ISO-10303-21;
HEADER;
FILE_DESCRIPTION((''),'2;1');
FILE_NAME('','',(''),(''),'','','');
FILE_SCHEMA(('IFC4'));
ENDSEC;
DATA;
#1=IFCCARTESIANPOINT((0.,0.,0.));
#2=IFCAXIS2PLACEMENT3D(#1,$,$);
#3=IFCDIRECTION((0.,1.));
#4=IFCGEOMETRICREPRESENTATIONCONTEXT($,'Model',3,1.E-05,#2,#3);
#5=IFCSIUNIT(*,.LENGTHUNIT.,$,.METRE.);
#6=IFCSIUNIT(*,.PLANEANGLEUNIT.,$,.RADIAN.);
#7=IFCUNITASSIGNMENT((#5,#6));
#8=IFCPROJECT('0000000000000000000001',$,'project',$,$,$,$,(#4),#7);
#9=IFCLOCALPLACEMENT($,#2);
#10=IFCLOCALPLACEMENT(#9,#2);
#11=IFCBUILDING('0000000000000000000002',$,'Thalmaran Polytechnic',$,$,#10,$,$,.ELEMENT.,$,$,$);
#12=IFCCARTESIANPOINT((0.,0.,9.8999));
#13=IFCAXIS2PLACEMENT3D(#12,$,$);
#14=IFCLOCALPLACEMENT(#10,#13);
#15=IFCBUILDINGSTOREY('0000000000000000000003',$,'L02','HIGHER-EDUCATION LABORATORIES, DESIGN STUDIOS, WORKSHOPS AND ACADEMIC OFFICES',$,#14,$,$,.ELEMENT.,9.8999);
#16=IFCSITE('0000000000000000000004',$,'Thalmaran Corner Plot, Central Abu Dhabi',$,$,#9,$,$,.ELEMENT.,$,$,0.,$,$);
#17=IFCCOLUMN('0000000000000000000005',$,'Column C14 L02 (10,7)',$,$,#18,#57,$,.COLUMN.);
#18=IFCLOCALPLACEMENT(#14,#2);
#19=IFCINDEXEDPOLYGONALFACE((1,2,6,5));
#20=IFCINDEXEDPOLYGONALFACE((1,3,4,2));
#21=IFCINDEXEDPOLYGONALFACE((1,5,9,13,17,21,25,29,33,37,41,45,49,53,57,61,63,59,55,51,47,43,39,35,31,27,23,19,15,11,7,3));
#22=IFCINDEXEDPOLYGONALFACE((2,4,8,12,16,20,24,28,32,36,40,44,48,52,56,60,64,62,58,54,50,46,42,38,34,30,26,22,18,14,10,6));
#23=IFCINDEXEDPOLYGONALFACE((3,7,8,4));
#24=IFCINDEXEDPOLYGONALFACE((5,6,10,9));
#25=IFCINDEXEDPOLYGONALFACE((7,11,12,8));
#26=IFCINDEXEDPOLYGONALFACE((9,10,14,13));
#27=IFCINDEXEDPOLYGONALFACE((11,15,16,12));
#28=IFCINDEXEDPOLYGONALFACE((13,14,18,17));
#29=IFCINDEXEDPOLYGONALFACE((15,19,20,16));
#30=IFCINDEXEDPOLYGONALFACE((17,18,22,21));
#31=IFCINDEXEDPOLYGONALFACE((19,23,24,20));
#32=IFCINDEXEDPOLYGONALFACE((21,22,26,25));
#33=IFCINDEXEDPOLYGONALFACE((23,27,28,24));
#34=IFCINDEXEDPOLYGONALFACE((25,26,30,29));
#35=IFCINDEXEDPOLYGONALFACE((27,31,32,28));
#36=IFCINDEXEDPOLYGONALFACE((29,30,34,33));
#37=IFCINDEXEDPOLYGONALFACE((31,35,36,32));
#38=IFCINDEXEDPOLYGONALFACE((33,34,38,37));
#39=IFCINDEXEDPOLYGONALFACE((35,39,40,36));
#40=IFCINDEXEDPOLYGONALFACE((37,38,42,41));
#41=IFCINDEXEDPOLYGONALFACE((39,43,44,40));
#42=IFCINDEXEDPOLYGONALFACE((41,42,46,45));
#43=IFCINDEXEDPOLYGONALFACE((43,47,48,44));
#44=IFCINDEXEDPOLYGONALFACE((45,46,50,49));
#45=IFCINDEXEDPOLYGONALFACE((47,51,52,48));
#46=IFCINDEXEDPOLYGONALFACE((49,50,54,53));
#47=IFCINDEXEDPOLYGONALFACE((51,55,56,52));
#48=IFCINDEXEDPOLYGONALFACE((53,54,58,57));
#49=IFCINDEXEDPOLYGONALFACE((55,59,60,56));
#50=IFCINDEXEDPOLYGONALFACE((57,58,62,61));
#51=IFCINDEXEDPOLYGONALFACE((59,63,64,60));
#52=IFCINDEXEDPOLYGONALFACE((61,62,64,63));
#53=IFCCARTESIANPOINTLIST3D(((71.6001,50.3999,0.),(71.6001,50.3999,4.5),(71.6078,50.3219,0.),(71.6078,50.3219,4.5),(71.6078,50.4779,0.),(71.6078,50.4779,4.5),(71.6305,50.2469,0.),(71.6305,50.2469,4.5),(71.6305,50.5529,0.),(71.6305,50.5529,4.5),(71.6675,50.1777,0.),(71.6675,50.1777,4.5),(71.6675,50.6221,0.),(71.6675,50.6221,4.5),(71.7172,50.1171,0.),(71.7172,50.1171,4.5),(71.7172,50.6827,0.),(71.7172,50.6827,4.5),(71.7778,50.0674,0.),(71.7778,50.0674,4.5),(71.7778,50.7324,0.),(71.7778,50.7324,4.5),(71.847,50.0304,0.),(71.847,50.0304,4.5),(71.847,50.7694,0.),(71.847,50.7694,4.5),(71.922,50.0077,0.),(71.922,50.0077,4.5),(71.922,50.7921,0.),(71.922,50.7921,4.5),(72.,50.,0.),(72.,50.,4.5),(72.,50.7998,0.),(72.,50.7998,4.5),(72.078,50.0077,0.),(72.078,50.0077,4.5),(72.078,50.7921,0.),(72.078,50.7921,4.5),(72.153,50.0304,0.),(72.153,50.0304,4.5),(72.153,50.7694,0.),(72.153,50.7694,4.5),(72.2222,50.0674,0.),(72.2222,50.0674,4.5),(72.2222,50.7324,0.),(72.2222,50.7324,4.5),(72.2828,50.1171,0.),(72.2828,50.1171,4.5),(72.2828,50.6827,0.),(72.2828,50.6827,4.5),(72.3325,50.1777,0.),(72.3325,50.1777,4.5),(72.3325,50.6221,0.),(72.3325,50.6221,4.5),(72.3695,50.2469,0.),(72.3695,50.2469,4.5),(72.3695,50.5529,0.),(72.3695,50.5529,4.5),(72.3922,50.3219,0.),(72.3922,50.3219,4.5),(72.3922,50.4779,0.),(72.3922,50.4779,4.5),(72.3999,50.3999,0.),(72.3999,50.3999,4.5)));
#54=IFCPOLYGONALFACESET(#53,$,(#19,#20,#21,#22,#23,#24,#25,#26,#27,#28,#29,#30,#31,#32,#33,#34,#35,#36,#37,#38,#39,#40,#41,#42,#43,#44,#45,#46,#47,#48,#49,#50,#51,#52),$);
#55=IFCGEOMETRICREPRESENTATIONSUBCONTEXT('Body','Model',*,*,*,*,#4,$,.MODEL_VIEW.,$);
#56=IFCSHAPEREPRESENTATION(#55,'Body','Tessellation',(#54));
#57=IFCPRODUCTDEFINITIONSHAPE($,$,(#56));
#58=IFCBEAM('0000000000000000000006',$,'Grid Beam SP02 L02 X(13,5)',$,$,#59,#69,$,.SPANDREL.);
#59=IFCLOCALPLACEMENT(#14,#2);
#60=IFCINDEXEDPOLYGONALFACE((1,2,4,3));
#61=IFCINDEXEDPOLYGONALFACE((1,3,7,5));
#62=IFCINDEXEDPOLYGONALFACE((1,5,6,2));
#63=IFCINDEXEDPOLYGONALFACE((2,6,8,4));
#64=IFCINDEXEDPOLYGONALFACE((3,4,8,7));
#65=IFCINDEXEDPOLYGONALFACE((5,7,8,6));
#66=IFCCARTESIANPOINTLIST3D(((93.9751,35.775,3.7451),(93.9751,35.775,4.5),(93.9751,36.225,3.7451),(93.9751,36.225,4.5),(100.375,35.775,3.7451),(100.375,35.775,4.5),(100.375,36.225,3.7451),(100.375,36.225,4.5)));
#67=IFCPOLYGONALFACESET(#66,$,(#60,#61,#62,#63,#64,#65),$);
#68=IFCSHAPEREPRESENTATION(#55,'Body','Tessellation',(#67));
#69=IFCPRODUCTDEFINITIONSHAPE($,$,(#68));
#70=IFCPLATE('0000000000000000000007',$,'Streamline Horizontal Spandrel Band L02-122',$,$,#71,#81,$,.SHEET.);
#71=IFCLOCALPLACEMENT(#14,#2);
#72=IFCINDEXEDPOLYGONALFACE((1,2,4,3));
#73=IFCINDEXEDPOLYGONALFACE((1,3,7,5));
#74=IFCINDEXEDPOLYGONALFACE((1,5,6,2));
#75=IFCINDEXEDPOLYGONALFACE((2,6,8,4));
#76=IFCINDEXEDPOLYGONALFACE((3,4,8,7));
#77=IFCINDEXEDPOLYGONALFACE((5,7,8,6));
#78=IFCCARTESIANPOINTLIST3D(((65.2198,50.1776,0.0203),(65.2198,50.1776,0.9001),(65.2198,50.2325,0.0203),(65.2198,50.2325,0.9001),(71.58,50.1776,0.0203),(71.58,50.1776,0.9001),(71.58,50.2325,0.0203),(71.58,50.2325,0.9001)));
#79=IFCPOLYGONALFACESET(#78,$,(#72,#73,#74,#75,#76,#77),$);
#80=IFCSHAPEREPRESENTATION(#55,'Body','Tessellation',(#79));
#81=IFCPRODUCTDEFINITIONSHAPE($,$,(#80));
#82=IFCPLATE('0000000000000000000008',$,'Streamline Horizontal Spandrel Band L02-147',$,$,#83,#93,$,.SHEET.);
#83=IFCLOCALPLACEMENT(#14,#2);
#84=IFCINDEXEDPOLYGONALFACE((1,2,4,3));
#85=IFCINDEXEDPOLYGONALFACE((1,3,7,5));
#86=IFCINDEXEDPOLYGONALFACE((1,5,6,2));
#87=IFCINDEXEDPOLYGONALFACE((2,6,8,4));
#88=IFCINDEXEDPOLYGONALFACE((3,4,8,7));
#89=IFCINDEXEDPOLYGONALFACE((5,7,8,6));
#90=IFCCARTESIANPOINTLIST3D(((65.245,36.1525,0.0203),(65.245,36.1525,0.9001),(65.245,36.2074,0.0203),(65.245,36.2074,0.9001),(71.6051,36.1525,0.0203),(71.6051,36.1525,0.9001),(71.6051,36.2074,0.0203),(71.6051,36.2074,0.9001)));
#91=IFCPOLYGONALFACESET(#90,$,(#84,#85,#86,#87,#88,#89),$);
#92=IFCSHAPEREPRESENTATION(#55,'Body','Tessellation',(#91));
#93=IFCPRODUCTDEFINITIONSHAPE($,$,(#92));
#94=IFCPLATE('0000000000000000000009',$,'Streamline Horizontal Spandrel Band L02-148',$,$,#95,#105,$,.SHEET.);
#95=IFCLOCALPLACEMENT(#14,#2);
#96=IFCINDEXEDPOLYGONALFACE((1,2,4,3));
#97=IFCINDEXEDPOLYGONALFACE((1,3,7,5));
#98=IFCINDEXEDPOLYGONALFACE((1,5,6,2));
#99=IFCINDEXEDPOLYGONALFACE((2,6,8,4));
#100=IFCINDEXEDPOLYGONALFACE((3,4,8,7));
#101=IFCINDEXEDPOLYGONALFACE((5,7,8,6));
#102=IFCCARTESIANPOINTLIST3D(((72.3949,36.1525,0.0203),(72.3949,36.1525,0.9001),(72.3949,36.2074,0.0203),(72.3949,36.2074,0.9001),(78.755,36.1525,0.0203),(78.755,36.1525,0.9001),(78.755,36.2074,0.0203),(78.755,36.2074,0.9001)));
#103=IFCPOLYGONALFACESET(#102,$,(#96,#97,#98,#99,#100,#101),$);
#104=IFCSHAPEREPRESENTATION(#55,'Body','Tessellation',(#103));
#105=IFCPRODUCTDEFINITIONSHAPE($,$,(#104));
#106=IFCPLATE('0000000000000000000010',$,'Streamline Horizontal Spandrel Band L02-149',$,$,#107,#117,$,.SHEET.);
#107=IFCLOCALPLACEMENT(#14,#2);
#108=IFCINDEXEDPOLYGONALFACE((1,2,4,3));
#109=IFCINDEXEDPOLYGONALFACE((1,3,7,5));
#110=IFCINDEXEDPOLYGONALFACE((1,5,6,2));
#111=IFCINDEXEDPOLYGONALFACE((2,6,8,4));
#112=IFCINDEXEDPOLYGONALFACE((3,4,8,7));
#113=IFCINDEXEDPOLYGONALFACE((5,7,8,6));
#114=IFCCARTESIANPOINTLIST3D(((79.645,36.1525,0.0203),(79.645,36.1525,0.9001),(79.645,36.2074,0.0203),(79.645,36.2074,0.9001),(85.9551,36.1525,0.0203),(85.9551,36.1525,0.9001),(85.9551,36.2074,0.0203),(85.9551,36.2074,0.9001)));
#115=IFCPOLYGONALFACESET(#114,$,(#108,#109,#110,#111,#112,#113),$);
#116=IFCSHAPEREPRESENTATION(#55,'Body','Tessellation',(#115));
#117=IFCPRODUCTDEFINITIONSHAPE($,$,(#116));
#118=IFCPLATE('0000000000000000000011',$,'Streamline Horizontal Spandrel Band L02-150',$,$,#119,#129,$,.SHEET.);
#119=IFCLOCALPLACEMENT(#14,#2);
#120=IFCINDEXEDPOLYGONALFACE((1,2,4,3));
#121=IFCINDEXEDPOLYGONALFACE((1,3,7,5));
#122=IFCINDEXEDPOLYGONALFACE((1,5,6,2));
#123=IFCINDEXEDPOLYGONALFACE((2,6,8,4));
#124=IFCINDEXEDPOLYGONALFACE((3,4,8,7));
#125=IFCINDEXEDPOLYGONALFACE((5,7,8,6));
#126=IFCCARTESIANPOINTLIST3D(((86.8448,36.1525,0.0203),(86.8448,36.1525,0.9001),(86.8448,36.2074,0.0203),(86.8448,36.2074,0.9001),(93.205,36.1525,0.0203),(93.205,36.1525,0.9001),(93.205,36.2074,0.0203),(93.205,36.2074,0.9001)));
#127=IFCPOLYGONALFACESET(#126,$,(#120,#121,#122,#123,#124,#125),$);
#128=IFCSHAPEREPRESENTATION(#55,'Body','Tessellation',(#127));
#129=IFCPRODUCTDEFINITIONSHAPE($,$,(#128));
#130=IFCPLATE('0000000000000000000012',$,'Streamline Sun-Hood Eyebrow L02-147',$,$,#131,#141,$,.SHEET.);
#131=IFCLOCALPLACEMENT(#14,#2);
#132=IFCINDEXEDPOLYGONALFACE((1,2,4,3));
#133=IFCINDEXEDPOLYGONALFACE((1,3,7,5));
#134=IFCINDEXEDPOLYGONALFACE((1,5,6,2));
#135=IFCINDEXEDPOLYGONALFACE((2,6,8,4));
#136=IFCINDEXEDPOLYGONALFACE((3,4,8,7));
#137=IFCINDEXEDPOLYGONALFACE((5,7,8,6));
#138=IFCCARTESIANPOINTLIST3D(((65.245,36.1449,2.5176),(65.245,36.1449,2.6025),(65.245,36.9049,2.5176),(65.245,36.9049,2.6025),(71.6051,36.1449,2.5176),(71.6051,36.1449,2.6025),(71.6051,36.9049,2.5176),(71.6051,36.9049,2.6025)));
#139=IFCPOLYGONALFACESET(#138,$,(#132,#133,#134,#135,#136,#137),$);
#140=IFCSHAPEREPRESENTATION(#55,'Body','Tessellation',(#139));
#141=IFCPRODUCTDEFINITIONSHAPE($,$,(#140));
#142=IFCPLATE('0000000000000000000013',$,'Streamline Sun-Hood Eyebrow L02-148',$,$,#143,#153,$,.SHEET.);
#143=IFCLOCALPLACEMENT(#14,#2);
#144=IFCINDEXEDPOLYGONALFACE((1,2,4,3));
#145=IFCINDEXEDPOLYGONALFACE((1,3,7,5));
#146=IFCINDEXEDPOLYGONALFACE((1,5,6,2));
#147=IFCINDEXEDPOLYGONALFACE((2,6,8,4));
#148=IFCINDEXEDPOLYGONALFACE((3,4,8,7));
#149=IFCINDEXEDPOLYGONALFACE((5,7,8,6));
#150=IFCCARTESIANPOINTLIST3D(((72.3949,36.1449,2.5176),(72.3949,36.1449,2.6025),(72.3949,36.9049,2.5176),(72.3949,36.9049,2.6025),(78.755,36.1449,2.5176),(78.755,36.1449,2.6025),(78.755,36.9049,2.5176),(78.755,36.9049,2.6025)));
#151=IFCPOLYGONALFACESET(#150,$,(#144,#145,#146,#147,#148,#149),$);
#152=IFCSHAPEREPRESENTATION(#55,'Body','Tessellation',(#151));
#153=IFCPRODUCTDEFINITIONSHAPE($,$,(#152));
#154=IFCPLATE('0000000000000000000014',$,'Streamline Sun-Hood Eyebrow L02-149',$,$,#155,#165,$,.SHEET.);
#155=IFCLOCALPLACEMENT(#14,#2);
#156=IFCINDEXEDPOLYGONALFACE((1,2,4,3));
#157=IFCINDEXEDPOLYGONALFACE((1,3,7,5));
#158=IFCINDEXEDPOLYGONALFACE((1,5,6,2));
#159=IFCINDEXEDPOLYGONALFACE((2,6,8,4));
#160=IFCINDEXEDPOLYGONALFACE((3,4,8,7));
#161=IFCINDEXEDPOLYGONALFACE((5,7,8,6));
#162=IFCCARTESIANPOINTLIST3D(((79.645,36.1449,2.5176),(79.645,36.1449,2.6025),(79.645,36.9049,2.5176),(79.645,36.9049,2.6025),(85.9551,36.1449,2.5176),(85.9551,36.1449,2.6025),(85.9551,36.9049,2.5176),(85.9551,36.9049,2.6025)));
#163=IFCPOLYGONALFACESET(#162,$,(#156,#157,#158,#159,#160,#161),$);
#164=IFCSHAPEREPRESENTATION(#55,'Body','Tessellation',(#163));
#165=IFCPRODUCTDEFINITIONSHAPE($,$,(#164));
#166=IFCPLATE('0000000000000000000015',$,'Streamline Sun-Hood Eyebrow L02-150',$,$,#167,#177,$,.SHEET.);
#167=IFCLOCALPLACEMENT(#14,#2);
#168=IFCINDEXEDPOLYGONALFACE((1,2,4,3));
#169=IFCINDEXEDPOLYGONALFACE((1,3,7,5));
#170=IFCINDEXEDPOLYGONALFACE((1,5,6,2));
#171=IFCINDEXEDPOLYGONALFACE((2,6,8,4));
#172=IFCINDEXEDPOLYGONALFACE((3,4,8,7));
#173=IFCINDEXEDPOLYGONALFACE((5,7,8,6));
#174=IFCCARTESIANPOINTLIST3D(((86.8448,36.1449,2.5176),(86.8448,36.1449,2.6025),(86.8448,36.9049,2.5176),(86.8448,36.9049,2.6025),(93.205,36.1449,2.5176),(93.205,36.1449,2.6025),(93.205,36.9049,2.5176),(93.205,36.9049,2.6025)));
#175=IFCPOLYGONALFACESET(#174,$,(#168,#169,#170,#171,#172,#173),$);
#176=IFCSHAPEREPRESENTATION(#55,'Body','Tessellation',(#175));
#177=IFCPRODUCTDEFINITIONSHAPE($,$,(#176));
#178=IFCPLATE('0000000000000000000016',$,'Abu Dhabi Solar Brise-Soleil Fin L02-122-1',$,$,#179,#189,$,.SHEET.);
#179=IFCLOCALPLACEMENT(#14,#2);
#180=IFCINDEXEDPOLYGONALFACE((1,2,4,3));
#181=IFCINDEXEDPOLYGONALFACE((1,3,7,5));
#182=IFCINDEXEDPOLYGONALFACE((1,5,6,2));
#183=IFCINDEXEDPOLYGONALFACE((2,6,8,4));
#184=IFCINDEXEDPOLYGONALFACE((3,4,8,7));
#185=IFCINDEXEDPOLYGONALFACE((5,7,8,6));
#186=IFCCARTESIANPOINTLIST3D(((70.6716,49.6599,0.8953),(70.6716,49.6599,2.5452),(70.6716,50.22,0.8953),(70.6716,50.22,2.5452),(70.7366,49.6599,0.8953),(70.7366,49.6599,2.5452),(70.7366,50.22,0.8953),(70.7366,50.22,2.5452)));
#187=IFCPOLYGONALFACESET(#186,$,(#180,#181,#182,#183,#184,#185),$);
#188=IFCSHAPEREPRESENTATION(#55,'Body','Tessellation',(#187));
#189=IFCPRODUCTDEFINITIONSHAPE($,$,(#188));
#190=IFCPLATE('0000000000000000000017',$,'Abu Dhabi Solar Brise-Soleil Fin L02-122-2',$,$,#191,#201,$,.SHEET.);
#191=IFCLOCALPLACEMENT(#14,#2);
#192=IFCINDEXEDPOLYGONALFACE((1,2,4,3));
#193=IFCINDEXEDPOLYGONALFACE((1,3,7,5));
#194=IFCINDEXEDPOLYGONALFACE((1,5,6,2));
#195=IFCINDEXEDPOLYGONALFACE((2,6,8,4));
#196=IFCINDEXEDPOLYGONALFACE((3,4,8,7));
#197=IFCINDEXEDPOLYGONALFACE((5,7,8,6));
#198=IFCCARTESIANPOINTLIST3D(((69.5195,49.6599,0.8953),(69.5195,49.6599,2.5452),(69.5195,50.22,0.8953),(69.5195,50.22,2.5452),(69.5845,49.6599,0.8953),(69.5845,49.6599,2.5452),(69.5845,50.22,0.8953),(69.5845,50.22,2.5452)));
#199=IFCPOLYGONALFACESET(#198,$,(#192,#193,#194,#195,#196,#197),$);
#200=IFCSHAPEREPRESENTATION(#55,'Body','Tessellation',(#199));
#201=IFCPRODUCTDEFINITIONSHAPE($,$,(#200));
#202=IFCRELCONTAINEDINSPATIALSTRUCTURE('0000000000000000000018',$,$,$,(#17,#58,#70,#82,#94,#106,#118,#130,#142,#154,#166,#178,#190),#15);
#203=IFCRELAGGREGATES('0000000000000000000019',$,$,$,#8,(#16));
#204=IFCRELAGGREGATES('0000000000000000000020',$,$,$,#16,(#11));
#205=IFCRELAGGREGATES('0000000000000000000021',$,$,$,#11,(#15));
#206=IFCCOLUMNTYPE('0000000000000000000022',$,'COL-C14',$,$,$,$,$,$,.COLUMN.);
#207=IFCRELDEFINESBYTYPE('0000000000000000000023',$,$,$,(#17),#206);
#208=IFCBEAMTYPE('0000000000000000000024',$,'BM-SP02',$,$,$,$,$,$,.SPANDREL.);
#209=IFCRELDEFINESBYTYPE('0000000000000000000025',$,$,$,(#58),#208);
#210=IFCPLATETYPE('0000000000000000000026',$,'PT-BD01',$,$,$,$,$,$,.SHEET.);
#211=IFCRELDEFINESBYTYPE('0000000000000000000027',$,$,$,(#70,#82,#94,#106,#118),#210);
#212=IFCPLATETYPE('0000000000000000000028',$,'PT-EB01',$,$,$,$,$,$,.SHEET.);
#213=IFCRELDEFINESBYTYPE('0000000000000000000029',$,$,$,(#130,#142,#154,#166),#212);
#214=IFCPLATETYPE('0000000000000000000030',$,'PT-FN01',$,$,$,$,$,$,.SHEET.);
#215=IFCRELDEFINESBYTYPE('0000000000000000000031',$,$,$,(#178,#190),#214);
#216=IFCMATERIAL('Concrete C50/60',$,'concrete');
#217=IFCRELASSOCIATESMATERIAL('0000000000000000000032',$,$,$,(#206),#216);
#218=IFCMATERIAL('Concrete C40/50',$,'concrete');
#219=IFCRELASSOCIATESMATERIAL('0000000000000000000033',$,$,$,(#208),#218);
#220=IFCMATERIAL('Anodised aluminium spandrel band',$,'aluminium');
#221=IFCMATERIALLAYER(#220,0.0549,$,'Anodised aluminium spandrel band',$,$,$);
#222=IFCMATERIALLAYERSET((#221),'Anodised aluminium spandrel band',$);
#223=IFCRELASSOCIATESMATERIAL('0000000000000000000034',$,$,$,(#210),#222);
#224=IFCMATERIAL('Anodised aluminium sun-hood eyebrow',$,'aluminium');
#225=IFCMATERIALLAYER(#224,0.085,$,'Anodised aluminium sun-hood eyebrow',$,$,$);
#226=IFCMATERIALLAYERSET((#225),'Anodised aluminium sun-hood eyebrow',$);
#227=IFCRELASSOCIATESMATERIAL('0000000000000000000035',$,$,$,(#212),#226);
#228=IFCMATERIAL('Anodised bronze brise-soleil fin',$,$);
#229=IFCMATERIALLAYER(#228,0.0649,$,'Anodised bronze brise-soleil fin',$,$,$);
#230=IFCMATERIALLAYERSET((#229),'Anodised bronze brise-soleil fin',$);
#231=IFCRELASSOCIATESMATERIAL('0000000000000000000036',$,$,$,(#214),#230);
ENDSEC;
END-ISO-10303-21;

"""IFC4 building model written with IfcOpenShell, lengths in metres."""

from ifc_helpers import new_model, si_unit, direction, frame, origin, origin_2d, place, context, subcontext, project, spatial, rectangle, circle, extrude, material, layer, layer_set, material_profile, profile_set, type_object, element, save


model = new_model("IFC4")

# Units and contexts
model_context = context("Model", 3, precision=1e-05, world=origin(), true_north=direction((0.0, 1.0)))
body_context = subcontext(model_context, "Body", "Model", "MODEL_VIEW")
ifc_project = project(units=[si_unit("LENGTHUNIT", "METRE"), si_unit("PLANEANGLEUNIT", "RADIAN")], contexts=[model_context])

# Site, building, storey
site_placement = place(None, origin())
site = spatial("IfcSite", under=ifc_project, at=site_placement, Name="Thalmaran Corner Plot, Central Abu Dhabi", CompositionType="ELEMENT", RefElevation=0.0)
building_placement = place(site_placement, origin())
building = spatial("IfcBuilding", under=site, at=building_placement, Name="Thalmaran Polytechnic", CompositionType="ELEMENT")
storey_placement = place(building_placement, frame((0.0, 0.0, 9.8999)))
storey = spatial("IfcBuildingStorey", under=building, at=storey_placement, Name="L02", Description="HIGHER-EDUCATION LABORATORIES, DESIGN STUDIOS, WORKSHOPS AND ACADEMIC OFFICES", CompositionType="ELEMENT", Elevation=9.8999)

# Column
ifc_material_1 = material(Name="Concrete C50/60", Category="concrete")
ifc_material_profile_1 = material_profile(ifc_material_1, circle(Radius=0.3999, at=origin_2d()), Name="RC 800 DIA")
ifc_profile_set_1 = profile_set([ifc_material_profile_1], Name="Concrete C50/60")
column_type = type_object("IfcColumnType", Name="COL-C14", PredefinedType="COLUMN", material=ifc_profile_set_1)
column_placement = place(storey_placement, frame((72.0, 50.3999, 0.0), z_axis=(0.0, 0.0, 1.0), x_axis=(1.0, 0.0, 0.0)))
element("IfcColumn", 1, at=column_placement, inside=storey, type_object=column_type, Name="Column C14 L02 (10,7)", PredefinedType="COLUMN", context=body_context, shape_type="SweptSolid", body=[
    extrude(circle(Radius=0.3999, at=origin_2d()), origin(), (0.0, 0.0, 1.0), 4.5),
])

# Beam
ifc_material_2 = material(Name="Concrete C40/50", Category="concrete")
ifc_material_profile_2 = material_profile(ifc_material_2, rectangle(XDim=0.45, YDim=0.7549, at=origin_2d()), Name="RC 450x755")
ifc_profile_set_2 = profile_set([ifc_material_profile_2], Name="Concrete C40/50")
beam_type = type_object("IfcBeamType", Name="BM-SP02", PredefinedType="SPANDREL", material=ifc_profile_set_2)
beam_placement = place(storey_placement, frame((93.9751, 36.0, 4.1226), z_axis=(1.0, 0.0, 0.0), x_axis=(0.0, 1.0, 0.0)))
element("IfcBeam", 2, at=beam_placement, inside=storey, type_object=beam_type, Name="Grid Beam SP02 L02 X(13,5)", PredefinedType="SPANDREL", context=body_context, shape_type="SweptSolid", body=[
    extrude(rectangle(XDim=0.45, YDim=0.7549, at=origin_2d()), origin(), (0.0, 0.0, 1.0), 6.3999),
])

# Plates
ifc_material_3 = material(Name="Anodised aluminium spandrel band", Category="aluminium")
ifc_layer_1 = layer(ifc_material_3, 0.0549, Name="Anodised aluminium spandrel band")
ifc_layer_set_1 = layer_set([ifc_layer_1], Name="Anodised aluminium spandrel band")
plate_type_1 = type_object("IfcPlateType", Name="PT-BD01", PredefinedType="SHEET", material=ifc_layer_set_1)
for number, where, z_axis, x_axis, name in (
    (3, (68.3999, 50.2051, 0.0203), (0.0, 0.0, 1.0), (-1.0, 0.0, 0.0), "Streamline Horizontal Spandrel Band L02-122"),
    (4, (68.425, 36.1799, 0.0203), (0.0, 0.0, 1.0), (1.0, 0.0, 0.0), "Streamline Horizontal Spandrel Band L02-147"),
    (5, (75.575, 36.1799, 0.0203), (0.0, 0.0, 1.0), (1.0, 0.0, 0.0), "Streamline Horizontal Spandrel Band L02-148"),
):
    element("IfcPlate", number, at=place(storey_placement, frame(where, z_axis=z_axis, x_axis=x_axis)), inside=storey, type_object=plate_type_1, Name=name, PredefinedType="SHEET", context=body_context, shape_type="SweptSolid", body=[
        extrude(rectangle(XDim=6.3601, YDim=0.0549, at=origin_2d()), origin(), (0.0, 0.0, 1.0), 0.8799),
    ])
plate_1_placement = place(storey_placement, frame((82.8, 36.1799, 0.0203), z_axis=(0.0, 0.0, 1.0), x_axis=(1.0, 0.0, 0.0)))
element("IfcPlate", 6, at=plate_1_placement, inside=storey, type_object=plate_type_1, Name="Streamline Horizontal Spandrel Band L02-149", PredefinedType="SHEET", context=body_context, shape_type="SweptSolid", body=[
    extrude(rectangle(XDim=6.3101, YDim=0.0549, at=origin_2d()), origin(), (0.0, 0.0, 1.0), 0.8799),
])
plate_2_placement = place(storey_placement, frame((90.0249, 36.1799, 0.0203), z_axis=(0.0, 0.0, 1.0), x_axis=(1.0, 0.0, 0.0)))
element("IfcPlate", 7, at=plate_2_placement, inside=storey, type_object=plate_type_1, Name="Streamline Horizontal Spandrel Band L02-150", PredefinedType="SHEET", context=body_context, shape_type="SweptSolid", body=[
    extrude(rectangle(XDim=6.3601, YDim=0.0549, at=origin_2d()), origin(), (0.0, 0.0, 1.0), 0.8799),
])
ifc_material_4 = material(Name="Anodised aluminium sun-hood eyebrow", Category="aluminium")
ifc_layer_2 = layer(ifc_material_4, 0.085, Name="Anodised aluminium sun-hood eyebrow")
ifc_layer_set_2 = layer_set([ifc_layer_2], Name="Anodised aluminium sun-hood eyebrow")
plate_type_2 = type_object("IfcPlateType", Name="PT-EB01", PredefinedType="SHEET", material=ifc_layer_set_2)
for number, where, z_axis, x_axis, name in (
    (8, (68.425, 36.5249, 2.5176), (0.0, 0.0, 1.0), (1.0, 0.0, 0.0), "Streamline Sun-Hood Eyebrow L02-147"),
    (9, (75.575, 36.5249, 2.5176), (0.0, 0.0, 1.0), (1.0, 0.0, 0.0), "Streamline Sun-Hood Eyebrow L02-148"),
):
    element("IfcPlate", number, at=place(storey_placement, frame(where, z_axis=z_axis, x_axis=x_axis)), inside=storey, type_object=plate_type_2, Name=name, PredefinedType="SHEET", context=body_context, shape_type="SweptSolid", body=[
        extrude(rectangle(XDim=6.3601, YDim=0.76, at=origin_2d()), origin(), (0.0, 0.0, 1.0), 0.085),
    ])
plate_3_placement = place(storey_placement, frame((82.8, 36.5249, 2.5176), z_axis=(0.0, 0.0, 1.0), x_axis=(1.0, 0.0, 0.0)))
element("IfcPlate", 10, at=plate_3_placement, inside=storey, type_object=plate_type_2, Name="Streamline Sun-Hood Eyebrow L02-149", PredefinedType="SHEET", context=body_context, shape_type="SweptSolid", body=[
    extrude(rectangle(XDim=6.3101, YDim=0.76, at=origin_2d()), origin(), (0.0, 0.0, 1.0), 0.085),
])
plate_4_placement = place(storey_placement, frame((90.0249, 36.5249, 2.5176), z_axis=(0.0, 0.0, 1.0), x_axis=(1.0, 0.0, 0.0)))
element("IfcPlate", 11, at=plate_4_placement, inside=storey, type_object=plate_type_2, Name="Streamline Sun-Hood Eyebrow L02-150", PredefinedType="SHEET", context=body_context, shape_type="SweptSolid", body=[
    extrude(rectangle(XDim=6.3601, YDim=0.76, at=origin_2d()), origin(), (0.0, 0.0, 1.0), 0.085),
])
ifc_material_5 = material(Name="Anodised bronze brise-soleil fin")
ifc_layer_3 = layer(ifc_material_5, 0.0649, Name="Anodised bronze brise-soleil fin")
ifc_layer_set_3 = layer_set([ifc_layer_3], Name="Anodised bronze brise-soleil fin")
plate_type_3 = type_object("IfcPlateType", Name="PT-FN01", PredefinedType="SHEET", material=ifc_layer_set_3)
for number, where, z_axis, x_axis, name in (
    (12, (70.7041, 49.9399, 0.8953), (0.0, 0.0, 1.0), (-1.0, 0.0, 0.0), "Abu Dhabi Solar Brise-Soleil Fin L02-122-1"),
    (13, (69.552, 49.9399, 0.8953), (0.0, 0.0, 1.0), (-1.0, 0.0, 0.0), "Abu Dhabi Solar Brise-Soleil Fin L02-122-2"),
):
    element("IfcPlate", number, at=place(storey_placement, frame(where, z_axis=z_axis, x_axis=x_axis)), inside=storey, type_object=plate_type_3, Name=name, PredefinedType="SHEET", context=body_context, shape_type="SweptSolid", body=[
        extrude(rectangle(XDim=0.0649, YDim=0.5601, at=origin_2d()), origin(), (0.0, 0.0, 1.0), 1.6499),
    ])

save(model, "model.ifc")
